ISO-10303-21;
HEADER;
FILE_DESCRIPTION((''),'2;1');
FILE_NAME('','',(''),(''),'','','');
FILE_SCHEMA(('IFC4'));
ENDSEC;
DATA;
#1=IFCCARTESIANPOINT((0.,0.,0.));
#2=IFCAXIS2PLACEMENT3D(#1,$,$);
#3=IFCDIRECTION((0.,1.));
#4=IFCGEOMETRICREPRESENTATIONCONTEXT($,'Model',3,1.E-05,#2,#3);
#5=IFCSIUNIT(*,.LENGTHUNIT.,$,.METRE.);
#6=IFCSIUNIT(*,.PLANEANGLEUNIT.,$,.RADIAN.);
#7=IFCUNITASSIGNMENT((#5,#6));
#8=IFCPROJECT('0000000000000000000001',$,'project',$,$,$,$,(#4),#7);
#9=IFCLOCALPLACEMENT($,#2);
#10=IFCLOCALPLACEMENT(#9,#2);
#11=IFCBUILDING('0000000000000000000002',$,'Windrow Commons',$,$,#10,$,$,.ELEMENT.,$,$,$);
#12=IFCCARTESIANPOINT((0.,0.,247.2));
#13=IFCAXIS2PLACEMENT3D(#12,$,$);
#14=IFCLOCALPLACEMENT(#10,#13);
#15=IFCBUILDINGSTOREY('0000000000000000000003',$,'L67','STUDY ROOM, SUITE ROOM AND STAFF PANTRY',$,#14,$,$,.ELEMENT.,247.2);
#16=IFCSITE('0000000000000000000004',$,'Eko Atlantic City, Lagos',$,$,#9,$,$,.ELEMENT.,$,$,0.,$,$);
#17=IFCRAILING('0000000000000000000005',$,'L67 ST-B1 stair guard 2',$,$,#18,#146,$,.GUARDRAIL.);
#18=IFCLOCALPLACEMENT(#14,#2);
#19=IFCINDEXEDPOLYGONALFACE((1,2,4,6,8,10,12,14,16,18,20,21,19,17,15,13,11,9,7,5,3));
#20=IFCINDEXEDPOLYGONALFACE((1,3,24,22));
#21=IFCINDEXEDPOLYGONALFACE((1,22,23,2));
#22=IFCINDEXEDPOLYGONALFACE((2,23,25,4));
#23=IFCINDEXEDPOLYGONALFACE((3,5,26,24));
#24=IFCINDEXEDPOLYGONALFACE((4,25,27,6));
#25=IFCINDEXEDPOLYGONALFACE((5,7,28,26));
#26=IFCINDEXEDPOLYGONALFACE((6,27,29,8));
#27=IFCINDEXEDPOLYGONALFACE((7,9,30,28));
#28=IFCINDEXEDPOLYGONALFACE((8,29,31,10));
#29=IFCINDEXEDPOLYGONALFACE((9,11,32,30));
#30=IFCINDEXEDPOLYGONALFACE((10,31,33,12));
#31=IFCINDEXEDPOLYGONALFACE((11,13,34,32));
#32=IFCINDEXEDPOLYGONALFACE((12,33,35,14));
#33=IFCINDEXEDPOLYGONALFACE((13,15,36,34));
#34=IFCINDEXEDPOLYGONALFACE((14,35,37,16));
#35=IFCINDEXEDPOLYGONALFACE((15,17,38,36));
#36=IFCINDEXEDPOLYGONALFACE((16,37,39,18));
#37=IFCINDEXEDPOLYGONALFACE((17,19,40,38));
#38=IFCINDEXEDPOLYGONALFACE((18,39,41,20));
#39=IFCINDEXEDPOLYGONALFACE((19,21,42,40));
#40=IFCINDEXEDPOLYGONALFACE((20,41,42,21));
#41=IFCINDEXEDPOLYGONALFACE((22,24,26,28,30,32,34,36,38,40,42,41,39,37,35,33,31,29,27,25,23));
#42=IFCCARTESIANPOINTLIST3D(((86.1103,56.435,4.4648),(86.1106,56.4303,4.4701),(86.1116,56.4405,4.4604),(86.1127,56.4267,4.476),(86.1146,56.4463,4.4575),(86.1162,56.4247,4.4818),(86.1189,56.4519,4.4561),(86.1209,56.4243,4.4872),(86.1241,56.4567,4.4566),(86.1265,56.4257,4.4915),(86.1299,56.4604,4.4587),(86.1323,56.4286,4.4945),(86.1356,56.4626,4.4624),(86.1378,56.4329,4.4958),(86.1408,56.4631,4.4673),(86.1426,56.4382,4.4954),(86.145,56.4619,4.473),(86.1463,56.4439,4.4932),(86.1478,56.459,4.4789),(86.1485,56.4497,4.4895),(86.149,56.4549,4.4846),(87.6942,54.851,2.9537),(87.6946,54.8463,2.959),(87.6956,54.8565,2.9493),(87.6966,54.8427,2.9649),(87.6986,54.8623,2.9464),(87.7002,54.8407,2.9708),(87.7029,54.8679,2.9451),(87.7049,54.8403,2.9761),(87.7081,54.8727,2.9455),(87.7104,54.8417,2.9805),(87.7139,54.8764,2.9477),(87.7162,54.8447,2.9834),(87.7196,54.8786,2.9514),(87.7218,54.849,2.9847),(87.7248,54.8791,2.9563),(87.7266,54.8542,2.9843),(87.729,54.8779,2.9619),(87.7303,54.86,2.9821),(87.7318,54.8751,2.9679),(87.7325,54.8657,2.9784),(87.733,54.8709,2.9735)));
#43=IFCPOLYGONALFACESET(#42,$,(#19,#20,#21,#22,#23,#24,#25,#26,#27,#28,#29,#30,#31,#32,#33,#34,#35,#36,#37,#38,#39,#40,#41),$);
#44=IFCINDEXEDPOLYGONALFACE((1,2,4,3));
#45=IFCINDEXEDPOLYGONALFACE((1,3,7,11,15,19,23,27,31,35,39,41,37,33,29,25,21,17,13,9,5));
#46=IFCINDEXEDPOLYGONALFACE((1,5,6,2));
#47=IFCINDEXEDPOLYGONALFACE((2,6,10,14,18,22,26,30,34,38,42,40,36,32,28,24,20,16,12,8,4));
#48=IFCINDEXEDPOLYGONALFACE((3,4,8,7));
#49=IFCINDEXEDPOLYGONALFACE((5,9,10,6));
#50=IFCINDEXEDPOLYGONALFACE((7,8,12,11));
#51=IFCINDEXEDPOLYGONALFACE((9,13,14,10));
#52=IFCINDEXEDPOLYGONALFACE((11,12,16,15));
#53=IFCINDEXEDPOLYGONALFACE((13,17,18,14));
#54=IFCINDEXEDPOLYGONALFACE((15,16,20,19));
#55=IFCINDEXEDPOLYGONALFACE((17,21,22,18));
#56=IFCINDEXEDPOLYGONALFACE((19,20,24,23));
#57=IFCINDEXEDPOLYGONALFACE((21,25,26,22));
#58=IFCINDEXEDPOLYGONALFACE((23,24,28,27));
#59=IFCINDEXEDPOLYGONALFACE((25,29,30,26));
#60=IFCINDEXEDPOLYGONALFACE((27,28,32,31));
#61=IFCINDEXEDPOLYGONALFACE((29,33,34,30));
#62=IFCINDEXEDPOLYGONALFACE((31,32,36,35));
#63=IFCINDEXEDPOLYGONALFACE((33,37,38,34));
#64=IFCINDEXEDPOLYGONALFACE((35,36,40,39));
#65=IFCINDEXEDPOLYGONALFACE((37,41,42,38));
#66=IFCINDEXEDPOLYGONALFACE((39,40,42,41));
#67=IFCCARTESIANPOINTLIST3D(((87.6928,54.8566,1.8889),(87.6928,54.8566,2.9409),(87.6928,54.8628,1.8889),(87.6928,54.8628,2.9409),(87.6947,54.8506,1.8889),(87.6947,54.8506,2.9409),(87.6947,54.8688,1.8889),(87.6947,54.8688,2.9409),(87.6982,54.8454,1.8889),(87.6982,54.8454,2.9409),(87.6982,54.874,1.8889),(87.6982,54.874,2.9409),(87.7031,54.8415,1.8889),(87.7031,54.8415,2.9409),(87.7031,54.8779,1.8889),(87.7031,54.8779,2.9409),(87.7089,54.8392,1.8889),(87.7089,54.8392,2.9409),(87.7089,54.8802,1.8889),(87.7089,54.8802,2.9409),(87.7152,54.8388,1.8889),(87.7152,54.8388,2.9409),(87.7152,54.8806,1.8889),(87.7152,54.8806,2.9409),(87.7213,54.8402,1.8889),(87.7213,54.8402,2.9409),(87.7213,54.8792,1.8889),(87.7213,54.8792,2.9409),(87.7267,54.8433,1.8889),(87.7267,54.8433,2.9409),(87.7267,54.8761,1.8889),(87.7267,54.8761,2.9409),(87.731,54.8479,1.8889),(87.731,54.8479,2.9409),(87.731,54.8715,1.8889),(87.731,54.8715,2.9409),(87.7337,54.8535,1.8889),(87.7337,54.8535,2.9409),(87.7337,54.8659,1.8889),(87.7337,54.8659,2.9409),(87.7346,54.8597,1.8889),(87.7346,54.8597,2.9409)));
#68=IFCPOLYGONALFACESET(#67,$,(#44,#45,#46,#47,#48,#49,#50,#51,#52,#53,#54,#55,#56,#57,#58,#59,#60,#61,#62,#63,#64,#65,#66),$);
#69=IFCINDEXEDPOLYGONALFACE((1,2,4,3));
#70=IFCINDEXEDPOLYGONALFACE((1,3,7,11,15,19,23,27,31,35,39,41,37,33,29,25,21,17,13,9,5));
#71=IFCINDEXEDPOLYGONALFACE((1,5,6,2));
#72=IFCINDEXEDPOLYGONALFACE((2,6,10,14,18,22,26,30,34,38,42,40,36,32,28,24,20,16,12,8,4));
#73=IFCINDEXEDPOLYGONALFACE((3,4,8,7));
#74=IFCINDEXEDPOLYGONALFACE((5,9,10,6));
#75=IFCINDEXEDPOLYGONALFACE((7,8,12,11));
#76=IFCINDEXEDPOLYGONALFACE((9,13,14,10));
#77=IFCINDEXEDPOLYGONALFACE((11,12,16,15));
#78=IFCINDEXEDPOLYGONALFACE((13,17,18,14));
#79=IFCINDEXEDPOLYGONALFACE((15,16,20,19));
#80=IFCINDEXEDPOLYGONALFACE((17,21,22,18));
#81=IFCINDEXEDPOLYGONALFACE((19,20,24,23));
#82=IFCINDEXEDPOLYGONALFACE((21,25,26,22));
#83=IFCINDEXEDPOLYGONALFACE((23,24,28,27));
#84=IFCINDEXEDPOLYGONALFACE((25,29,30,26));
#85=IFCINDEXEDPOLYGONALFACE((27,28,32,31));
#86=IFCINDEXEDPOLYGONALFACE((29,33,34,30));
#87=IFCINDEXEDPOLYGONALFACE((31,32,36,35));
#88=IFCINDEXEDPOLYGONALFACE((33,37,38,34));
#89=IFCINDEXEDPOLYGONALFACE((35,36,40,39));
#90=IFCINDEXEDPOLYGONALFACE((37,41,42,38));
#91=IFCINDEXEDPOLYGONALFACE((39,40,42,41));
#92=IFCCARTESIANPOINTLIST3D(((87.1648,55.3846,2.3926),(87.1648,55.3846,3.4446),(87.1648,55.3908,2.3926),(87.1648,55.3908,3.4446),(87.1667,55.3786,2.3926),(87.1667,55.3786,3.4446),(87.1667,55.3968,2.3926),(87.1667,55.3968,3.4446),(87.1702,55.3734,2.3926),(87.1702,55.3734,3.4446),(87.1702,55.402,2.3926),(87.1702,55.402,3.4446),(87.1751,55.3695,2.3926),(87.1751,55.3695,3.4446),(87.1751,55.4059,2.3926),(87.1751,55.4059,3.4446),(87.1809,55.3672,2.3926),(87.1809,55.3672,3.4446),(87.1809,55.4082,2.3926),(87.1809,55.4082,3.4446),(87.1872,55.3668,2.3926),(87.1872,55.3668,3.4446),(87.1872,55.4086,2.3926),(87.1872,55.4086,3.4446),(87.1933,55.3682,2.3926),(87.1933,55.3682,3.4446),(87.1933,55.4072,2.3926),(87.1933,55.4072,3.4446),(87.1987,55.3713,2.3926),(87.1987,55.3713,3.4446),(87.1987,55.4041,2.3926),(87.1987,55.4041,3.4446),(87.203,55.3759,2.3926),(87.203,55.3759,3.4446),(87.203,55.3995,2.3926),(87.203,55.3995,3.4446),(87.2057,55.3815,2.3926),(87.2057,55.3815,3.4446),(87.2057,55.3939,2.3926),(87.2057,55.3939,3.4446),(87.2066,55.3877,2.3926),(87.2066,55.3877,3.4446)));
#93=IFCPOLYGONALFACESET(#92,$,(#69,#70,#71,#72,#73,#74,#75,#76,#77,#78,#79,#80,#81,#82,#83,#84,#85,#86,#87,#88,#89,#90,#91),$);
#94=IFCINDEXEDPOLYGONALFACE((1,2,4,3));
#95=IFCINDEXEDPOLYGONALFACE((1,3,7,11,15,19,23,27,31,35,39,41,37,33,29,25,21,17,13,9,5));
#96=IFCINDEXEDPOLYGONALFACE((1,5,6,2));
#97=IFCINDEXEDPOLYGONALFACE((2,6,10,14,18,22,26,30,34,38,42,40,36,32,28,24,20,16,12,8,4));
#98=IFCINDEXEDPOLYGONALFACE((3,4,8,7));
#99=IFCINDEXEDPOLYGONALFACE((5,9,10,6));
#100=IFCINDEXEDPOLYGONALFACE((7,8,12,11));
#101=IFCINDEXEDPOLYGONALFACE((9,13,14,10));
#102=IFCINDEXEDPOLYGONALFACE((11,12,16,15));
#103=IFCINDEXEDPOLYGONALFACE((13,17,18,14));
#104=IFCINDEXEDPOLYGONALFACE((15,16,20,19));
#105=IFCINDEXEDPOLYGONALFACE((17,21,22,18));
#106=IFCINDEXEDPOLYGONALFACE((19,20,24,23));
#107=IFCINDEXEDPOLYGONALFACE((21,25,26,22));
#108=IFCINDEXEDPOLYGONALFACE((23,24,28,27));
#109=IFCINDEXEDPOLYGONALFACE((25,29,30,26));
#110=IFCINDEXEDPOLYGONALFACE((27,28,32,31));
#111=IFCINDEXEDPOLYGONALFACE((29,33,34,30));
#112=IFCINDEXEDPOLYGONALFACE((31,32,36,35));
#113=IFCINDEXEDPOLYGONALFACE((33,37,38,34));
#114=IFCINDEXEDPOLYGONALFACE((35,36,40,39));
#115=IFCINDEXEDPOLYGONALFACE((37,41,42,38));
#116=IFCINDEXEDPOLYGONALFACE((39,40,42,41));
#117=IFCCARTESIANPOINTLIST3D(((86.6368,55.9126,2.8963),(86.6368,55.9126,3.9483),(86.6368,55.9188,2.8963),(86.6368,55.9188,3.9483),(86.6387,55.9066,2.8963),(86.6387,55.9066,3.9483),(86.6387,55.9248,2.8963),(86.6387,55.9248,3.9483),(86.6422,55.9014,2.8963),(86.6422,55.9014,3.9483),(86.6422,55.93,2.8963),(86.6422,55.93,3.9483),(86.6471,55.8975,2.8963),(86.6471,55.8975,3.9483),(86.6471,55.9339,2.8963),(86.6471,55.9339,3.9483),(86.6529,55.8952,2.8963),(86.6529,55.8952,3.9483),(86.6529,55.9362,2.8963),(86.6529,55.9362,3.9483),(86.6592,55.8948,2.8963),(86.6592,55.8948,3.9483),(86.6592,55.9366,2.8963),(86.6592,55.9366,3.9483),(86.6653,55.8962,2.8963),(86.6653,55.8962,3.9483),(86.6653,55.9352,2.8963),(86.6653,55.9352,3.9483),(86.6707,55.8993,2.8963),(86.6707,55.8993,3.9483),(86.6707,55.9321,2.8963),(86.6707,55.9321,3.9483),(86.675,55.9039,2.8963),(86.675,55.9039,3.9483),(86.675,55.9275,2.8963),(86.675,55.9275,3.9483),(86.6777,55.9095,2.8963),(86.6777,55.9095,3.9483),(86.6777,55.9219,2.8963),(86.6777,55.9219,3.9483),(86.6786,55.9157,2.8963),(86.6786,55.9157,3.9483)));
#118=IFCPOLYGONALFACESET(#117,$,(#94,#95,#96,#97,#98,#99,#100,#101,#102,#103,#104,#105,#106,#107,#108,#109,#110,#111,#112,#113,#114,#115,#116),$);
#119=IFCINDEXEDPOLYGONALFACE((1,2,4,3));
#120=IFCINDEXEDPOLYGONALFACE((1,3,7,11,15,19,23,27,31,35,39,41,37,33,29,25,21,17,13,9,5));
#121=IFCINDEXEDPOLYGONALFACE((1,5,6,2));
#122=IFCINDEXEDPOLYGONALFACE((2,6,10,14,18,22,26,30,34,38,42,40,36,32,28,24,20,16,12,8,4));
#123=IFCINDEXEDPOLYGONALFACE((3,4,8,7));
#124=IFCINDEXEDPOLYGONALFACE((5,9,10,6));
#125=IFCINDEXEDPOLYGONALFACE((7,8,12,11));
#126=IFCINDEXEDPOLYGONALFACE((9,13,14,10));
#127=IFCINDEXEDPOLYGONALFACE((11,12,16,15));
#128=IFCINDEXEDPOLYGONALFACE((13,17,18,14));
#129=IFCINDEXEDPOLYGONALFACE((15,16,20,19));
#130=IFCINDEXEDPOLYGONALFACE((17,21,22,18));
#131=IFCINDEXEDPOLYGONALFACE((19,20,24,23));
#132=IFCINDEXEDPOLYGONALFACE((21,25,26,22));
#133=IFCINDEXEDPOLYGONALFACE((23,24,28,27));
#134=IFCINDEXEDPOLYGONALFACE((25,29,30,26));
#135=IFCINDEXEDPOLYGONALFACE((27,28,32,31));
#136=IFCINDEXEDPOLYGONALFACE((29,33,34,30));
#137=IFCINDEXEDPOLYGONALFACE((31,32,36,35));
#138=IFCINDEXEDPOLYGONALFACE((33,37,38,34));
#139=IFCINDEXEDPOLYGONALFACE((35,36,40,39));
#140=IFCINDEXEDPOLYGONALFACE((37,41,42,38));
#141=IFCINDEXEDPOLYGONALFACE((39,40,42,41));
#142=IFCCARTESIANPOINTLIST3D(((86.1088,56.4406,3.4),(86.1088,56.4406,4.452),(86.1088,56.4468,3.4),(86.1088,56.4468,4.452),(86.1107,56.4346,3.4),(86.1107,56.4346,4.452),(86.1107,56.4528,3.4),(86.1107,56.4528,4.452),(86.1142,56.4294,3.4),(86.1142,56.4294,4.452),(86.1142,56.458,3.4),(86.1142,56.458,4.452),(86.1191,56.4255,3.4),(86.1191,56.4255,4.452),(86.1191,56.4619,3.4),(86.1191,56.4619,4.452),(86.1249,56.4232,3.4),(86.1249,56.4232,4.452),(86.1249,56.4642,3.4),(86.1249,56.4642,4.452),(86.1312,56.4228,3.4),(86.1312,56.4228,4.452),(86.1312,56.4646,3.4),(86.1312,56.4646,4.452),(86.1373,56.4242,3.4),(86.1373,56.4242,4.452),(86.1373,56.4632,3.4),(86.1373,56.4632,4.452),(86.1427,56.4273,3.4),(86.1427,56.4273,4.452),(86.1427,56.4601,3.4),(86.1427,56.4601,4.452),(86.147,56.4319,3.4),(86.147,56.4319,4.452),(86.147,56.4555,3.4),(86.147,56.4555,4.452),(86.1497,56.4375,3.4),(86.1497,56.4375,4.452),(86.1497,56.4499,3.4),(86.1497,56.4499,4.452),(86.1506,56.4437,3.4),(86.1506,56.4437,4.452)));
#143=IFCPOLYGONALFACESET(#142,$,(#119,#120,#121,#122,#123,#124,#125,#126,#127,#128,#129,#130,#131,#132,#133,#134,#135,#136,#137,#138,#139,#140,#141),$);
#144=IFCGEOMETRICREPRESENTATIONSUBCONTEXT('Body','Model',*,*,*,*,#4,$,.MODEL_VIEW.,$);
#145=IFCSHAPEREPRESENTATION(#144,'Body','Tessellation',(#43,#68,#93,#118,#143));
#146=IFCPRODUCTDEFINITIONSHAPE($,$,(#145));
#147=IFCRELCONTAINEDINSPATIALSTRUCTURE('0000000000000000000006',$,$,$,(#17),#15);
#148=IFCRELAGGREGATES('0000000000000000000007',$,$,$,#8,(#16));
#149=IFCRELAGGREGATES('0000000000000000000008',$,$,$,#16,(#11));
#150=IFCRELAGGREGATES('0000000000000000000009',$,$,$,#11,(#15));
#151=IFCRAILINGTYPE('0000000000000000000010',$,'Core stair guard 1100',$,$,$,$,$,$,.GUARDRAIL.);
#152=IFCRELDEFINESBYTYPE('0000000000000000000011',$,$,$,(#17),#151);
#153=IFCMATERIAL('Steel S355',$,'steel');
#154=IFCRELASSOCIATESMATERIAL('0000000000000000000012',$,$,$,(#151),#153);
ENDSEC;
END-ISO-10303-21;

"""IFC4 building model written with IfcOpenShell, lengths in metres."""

from ifc_helpers import new_model, si_unit, direction, frame, origin, origin_2d, place, context, subcontext, project, spatial, circle, extrude, material, type_object, element, save


model = new_model("IFC4")

# Units and contexts
model_context = context("Model", 3, precision=1e-05, world=origin(), true_north=direction((0.0, 1.0)))
body_context = subcontext(model_context, "Body", "Model", "MODEL_VIEW")
ifc_project = project(units=[si_unit("LENGTHUNIT", "METRE"), si_unit("PLANEANGLEUNIT", "RADIAN")], contexts=[model_context])

# Site, building, storey
site_placement = place(None, origin())
site = spatial("IfcSite", under=ifc_project, at=site_placement, Name="Eko Atlantic City, Lagos", CompositionType="ELEMENT", RefElevation=0.0)
building_placement = place(site_placement, origin())
building = spatial("IfcBuilding", under=site, at=building_placement, Name="Windrow Commons", CompositionType="ELEMENT")
storey_placement = place(building_placement, frame((0.0, 0.0, 247.2)))
storey = spatial("IfcBuildingStorey", under=building, at=storey_placement, Name="L67", Description="STUDY ROOM, SUITE ROOM AND STAFF PANTRY", CompositionType="ELEMENT", Elevation=247.2)

# Railing
ifc_material_1 = material(Name="Steel S355", Category="steel")
railing_type_1 = type_object("IfcRailingType", Name="Core stair guard 1100", PredefinedType="GUARDRAIL", material=ifc_material_1)
railing_1_placement = place(storey_placement, frame((87.7136, 54.8597, 1.8889)))
element("IfcRailing", 1, at=railing_1_placement, inside=storey, type_object=railing_type_1, Name="L67 ST-B1 stair guard 2", PredefinedType="GUARDRAIL", context=body_context, shape_type="SweptSolid", body=[
    extrude(circle(Radius=0.024, at=origin_2d()), frame((0.0, 0.0, 1.076), z_axis=(-0.586203, 0.586203, 0.559224), x_axis=(-0.707107, -0.707107, 0.0)), (0.0, 0.0, 1.0), 2.7021),
    extrude(circle(Radius=0.021, at=origin_2d()), origin(), (0.0, 0.0, 1.0), 1.052),
    extrude(circle(Radius=0.021, at=origin_2d()), frame((-0.528, 0.528, 0.5037)), (0.0, 0.0, 1.0), 1.052),
    extrude(circle(Radius=0.021, at=origin_2d()), frame((-1.056, 1.056, 1.0074)), (0.0, 0.0, 1.0), 1.052),
    extrude(circle(Radius=0.021, at=origin_2d()), frame((-1.584, 1.584, 1.5111)), (0.0, 0.0, 1.0), 1.052),
])

save(model, "model.ifc")
